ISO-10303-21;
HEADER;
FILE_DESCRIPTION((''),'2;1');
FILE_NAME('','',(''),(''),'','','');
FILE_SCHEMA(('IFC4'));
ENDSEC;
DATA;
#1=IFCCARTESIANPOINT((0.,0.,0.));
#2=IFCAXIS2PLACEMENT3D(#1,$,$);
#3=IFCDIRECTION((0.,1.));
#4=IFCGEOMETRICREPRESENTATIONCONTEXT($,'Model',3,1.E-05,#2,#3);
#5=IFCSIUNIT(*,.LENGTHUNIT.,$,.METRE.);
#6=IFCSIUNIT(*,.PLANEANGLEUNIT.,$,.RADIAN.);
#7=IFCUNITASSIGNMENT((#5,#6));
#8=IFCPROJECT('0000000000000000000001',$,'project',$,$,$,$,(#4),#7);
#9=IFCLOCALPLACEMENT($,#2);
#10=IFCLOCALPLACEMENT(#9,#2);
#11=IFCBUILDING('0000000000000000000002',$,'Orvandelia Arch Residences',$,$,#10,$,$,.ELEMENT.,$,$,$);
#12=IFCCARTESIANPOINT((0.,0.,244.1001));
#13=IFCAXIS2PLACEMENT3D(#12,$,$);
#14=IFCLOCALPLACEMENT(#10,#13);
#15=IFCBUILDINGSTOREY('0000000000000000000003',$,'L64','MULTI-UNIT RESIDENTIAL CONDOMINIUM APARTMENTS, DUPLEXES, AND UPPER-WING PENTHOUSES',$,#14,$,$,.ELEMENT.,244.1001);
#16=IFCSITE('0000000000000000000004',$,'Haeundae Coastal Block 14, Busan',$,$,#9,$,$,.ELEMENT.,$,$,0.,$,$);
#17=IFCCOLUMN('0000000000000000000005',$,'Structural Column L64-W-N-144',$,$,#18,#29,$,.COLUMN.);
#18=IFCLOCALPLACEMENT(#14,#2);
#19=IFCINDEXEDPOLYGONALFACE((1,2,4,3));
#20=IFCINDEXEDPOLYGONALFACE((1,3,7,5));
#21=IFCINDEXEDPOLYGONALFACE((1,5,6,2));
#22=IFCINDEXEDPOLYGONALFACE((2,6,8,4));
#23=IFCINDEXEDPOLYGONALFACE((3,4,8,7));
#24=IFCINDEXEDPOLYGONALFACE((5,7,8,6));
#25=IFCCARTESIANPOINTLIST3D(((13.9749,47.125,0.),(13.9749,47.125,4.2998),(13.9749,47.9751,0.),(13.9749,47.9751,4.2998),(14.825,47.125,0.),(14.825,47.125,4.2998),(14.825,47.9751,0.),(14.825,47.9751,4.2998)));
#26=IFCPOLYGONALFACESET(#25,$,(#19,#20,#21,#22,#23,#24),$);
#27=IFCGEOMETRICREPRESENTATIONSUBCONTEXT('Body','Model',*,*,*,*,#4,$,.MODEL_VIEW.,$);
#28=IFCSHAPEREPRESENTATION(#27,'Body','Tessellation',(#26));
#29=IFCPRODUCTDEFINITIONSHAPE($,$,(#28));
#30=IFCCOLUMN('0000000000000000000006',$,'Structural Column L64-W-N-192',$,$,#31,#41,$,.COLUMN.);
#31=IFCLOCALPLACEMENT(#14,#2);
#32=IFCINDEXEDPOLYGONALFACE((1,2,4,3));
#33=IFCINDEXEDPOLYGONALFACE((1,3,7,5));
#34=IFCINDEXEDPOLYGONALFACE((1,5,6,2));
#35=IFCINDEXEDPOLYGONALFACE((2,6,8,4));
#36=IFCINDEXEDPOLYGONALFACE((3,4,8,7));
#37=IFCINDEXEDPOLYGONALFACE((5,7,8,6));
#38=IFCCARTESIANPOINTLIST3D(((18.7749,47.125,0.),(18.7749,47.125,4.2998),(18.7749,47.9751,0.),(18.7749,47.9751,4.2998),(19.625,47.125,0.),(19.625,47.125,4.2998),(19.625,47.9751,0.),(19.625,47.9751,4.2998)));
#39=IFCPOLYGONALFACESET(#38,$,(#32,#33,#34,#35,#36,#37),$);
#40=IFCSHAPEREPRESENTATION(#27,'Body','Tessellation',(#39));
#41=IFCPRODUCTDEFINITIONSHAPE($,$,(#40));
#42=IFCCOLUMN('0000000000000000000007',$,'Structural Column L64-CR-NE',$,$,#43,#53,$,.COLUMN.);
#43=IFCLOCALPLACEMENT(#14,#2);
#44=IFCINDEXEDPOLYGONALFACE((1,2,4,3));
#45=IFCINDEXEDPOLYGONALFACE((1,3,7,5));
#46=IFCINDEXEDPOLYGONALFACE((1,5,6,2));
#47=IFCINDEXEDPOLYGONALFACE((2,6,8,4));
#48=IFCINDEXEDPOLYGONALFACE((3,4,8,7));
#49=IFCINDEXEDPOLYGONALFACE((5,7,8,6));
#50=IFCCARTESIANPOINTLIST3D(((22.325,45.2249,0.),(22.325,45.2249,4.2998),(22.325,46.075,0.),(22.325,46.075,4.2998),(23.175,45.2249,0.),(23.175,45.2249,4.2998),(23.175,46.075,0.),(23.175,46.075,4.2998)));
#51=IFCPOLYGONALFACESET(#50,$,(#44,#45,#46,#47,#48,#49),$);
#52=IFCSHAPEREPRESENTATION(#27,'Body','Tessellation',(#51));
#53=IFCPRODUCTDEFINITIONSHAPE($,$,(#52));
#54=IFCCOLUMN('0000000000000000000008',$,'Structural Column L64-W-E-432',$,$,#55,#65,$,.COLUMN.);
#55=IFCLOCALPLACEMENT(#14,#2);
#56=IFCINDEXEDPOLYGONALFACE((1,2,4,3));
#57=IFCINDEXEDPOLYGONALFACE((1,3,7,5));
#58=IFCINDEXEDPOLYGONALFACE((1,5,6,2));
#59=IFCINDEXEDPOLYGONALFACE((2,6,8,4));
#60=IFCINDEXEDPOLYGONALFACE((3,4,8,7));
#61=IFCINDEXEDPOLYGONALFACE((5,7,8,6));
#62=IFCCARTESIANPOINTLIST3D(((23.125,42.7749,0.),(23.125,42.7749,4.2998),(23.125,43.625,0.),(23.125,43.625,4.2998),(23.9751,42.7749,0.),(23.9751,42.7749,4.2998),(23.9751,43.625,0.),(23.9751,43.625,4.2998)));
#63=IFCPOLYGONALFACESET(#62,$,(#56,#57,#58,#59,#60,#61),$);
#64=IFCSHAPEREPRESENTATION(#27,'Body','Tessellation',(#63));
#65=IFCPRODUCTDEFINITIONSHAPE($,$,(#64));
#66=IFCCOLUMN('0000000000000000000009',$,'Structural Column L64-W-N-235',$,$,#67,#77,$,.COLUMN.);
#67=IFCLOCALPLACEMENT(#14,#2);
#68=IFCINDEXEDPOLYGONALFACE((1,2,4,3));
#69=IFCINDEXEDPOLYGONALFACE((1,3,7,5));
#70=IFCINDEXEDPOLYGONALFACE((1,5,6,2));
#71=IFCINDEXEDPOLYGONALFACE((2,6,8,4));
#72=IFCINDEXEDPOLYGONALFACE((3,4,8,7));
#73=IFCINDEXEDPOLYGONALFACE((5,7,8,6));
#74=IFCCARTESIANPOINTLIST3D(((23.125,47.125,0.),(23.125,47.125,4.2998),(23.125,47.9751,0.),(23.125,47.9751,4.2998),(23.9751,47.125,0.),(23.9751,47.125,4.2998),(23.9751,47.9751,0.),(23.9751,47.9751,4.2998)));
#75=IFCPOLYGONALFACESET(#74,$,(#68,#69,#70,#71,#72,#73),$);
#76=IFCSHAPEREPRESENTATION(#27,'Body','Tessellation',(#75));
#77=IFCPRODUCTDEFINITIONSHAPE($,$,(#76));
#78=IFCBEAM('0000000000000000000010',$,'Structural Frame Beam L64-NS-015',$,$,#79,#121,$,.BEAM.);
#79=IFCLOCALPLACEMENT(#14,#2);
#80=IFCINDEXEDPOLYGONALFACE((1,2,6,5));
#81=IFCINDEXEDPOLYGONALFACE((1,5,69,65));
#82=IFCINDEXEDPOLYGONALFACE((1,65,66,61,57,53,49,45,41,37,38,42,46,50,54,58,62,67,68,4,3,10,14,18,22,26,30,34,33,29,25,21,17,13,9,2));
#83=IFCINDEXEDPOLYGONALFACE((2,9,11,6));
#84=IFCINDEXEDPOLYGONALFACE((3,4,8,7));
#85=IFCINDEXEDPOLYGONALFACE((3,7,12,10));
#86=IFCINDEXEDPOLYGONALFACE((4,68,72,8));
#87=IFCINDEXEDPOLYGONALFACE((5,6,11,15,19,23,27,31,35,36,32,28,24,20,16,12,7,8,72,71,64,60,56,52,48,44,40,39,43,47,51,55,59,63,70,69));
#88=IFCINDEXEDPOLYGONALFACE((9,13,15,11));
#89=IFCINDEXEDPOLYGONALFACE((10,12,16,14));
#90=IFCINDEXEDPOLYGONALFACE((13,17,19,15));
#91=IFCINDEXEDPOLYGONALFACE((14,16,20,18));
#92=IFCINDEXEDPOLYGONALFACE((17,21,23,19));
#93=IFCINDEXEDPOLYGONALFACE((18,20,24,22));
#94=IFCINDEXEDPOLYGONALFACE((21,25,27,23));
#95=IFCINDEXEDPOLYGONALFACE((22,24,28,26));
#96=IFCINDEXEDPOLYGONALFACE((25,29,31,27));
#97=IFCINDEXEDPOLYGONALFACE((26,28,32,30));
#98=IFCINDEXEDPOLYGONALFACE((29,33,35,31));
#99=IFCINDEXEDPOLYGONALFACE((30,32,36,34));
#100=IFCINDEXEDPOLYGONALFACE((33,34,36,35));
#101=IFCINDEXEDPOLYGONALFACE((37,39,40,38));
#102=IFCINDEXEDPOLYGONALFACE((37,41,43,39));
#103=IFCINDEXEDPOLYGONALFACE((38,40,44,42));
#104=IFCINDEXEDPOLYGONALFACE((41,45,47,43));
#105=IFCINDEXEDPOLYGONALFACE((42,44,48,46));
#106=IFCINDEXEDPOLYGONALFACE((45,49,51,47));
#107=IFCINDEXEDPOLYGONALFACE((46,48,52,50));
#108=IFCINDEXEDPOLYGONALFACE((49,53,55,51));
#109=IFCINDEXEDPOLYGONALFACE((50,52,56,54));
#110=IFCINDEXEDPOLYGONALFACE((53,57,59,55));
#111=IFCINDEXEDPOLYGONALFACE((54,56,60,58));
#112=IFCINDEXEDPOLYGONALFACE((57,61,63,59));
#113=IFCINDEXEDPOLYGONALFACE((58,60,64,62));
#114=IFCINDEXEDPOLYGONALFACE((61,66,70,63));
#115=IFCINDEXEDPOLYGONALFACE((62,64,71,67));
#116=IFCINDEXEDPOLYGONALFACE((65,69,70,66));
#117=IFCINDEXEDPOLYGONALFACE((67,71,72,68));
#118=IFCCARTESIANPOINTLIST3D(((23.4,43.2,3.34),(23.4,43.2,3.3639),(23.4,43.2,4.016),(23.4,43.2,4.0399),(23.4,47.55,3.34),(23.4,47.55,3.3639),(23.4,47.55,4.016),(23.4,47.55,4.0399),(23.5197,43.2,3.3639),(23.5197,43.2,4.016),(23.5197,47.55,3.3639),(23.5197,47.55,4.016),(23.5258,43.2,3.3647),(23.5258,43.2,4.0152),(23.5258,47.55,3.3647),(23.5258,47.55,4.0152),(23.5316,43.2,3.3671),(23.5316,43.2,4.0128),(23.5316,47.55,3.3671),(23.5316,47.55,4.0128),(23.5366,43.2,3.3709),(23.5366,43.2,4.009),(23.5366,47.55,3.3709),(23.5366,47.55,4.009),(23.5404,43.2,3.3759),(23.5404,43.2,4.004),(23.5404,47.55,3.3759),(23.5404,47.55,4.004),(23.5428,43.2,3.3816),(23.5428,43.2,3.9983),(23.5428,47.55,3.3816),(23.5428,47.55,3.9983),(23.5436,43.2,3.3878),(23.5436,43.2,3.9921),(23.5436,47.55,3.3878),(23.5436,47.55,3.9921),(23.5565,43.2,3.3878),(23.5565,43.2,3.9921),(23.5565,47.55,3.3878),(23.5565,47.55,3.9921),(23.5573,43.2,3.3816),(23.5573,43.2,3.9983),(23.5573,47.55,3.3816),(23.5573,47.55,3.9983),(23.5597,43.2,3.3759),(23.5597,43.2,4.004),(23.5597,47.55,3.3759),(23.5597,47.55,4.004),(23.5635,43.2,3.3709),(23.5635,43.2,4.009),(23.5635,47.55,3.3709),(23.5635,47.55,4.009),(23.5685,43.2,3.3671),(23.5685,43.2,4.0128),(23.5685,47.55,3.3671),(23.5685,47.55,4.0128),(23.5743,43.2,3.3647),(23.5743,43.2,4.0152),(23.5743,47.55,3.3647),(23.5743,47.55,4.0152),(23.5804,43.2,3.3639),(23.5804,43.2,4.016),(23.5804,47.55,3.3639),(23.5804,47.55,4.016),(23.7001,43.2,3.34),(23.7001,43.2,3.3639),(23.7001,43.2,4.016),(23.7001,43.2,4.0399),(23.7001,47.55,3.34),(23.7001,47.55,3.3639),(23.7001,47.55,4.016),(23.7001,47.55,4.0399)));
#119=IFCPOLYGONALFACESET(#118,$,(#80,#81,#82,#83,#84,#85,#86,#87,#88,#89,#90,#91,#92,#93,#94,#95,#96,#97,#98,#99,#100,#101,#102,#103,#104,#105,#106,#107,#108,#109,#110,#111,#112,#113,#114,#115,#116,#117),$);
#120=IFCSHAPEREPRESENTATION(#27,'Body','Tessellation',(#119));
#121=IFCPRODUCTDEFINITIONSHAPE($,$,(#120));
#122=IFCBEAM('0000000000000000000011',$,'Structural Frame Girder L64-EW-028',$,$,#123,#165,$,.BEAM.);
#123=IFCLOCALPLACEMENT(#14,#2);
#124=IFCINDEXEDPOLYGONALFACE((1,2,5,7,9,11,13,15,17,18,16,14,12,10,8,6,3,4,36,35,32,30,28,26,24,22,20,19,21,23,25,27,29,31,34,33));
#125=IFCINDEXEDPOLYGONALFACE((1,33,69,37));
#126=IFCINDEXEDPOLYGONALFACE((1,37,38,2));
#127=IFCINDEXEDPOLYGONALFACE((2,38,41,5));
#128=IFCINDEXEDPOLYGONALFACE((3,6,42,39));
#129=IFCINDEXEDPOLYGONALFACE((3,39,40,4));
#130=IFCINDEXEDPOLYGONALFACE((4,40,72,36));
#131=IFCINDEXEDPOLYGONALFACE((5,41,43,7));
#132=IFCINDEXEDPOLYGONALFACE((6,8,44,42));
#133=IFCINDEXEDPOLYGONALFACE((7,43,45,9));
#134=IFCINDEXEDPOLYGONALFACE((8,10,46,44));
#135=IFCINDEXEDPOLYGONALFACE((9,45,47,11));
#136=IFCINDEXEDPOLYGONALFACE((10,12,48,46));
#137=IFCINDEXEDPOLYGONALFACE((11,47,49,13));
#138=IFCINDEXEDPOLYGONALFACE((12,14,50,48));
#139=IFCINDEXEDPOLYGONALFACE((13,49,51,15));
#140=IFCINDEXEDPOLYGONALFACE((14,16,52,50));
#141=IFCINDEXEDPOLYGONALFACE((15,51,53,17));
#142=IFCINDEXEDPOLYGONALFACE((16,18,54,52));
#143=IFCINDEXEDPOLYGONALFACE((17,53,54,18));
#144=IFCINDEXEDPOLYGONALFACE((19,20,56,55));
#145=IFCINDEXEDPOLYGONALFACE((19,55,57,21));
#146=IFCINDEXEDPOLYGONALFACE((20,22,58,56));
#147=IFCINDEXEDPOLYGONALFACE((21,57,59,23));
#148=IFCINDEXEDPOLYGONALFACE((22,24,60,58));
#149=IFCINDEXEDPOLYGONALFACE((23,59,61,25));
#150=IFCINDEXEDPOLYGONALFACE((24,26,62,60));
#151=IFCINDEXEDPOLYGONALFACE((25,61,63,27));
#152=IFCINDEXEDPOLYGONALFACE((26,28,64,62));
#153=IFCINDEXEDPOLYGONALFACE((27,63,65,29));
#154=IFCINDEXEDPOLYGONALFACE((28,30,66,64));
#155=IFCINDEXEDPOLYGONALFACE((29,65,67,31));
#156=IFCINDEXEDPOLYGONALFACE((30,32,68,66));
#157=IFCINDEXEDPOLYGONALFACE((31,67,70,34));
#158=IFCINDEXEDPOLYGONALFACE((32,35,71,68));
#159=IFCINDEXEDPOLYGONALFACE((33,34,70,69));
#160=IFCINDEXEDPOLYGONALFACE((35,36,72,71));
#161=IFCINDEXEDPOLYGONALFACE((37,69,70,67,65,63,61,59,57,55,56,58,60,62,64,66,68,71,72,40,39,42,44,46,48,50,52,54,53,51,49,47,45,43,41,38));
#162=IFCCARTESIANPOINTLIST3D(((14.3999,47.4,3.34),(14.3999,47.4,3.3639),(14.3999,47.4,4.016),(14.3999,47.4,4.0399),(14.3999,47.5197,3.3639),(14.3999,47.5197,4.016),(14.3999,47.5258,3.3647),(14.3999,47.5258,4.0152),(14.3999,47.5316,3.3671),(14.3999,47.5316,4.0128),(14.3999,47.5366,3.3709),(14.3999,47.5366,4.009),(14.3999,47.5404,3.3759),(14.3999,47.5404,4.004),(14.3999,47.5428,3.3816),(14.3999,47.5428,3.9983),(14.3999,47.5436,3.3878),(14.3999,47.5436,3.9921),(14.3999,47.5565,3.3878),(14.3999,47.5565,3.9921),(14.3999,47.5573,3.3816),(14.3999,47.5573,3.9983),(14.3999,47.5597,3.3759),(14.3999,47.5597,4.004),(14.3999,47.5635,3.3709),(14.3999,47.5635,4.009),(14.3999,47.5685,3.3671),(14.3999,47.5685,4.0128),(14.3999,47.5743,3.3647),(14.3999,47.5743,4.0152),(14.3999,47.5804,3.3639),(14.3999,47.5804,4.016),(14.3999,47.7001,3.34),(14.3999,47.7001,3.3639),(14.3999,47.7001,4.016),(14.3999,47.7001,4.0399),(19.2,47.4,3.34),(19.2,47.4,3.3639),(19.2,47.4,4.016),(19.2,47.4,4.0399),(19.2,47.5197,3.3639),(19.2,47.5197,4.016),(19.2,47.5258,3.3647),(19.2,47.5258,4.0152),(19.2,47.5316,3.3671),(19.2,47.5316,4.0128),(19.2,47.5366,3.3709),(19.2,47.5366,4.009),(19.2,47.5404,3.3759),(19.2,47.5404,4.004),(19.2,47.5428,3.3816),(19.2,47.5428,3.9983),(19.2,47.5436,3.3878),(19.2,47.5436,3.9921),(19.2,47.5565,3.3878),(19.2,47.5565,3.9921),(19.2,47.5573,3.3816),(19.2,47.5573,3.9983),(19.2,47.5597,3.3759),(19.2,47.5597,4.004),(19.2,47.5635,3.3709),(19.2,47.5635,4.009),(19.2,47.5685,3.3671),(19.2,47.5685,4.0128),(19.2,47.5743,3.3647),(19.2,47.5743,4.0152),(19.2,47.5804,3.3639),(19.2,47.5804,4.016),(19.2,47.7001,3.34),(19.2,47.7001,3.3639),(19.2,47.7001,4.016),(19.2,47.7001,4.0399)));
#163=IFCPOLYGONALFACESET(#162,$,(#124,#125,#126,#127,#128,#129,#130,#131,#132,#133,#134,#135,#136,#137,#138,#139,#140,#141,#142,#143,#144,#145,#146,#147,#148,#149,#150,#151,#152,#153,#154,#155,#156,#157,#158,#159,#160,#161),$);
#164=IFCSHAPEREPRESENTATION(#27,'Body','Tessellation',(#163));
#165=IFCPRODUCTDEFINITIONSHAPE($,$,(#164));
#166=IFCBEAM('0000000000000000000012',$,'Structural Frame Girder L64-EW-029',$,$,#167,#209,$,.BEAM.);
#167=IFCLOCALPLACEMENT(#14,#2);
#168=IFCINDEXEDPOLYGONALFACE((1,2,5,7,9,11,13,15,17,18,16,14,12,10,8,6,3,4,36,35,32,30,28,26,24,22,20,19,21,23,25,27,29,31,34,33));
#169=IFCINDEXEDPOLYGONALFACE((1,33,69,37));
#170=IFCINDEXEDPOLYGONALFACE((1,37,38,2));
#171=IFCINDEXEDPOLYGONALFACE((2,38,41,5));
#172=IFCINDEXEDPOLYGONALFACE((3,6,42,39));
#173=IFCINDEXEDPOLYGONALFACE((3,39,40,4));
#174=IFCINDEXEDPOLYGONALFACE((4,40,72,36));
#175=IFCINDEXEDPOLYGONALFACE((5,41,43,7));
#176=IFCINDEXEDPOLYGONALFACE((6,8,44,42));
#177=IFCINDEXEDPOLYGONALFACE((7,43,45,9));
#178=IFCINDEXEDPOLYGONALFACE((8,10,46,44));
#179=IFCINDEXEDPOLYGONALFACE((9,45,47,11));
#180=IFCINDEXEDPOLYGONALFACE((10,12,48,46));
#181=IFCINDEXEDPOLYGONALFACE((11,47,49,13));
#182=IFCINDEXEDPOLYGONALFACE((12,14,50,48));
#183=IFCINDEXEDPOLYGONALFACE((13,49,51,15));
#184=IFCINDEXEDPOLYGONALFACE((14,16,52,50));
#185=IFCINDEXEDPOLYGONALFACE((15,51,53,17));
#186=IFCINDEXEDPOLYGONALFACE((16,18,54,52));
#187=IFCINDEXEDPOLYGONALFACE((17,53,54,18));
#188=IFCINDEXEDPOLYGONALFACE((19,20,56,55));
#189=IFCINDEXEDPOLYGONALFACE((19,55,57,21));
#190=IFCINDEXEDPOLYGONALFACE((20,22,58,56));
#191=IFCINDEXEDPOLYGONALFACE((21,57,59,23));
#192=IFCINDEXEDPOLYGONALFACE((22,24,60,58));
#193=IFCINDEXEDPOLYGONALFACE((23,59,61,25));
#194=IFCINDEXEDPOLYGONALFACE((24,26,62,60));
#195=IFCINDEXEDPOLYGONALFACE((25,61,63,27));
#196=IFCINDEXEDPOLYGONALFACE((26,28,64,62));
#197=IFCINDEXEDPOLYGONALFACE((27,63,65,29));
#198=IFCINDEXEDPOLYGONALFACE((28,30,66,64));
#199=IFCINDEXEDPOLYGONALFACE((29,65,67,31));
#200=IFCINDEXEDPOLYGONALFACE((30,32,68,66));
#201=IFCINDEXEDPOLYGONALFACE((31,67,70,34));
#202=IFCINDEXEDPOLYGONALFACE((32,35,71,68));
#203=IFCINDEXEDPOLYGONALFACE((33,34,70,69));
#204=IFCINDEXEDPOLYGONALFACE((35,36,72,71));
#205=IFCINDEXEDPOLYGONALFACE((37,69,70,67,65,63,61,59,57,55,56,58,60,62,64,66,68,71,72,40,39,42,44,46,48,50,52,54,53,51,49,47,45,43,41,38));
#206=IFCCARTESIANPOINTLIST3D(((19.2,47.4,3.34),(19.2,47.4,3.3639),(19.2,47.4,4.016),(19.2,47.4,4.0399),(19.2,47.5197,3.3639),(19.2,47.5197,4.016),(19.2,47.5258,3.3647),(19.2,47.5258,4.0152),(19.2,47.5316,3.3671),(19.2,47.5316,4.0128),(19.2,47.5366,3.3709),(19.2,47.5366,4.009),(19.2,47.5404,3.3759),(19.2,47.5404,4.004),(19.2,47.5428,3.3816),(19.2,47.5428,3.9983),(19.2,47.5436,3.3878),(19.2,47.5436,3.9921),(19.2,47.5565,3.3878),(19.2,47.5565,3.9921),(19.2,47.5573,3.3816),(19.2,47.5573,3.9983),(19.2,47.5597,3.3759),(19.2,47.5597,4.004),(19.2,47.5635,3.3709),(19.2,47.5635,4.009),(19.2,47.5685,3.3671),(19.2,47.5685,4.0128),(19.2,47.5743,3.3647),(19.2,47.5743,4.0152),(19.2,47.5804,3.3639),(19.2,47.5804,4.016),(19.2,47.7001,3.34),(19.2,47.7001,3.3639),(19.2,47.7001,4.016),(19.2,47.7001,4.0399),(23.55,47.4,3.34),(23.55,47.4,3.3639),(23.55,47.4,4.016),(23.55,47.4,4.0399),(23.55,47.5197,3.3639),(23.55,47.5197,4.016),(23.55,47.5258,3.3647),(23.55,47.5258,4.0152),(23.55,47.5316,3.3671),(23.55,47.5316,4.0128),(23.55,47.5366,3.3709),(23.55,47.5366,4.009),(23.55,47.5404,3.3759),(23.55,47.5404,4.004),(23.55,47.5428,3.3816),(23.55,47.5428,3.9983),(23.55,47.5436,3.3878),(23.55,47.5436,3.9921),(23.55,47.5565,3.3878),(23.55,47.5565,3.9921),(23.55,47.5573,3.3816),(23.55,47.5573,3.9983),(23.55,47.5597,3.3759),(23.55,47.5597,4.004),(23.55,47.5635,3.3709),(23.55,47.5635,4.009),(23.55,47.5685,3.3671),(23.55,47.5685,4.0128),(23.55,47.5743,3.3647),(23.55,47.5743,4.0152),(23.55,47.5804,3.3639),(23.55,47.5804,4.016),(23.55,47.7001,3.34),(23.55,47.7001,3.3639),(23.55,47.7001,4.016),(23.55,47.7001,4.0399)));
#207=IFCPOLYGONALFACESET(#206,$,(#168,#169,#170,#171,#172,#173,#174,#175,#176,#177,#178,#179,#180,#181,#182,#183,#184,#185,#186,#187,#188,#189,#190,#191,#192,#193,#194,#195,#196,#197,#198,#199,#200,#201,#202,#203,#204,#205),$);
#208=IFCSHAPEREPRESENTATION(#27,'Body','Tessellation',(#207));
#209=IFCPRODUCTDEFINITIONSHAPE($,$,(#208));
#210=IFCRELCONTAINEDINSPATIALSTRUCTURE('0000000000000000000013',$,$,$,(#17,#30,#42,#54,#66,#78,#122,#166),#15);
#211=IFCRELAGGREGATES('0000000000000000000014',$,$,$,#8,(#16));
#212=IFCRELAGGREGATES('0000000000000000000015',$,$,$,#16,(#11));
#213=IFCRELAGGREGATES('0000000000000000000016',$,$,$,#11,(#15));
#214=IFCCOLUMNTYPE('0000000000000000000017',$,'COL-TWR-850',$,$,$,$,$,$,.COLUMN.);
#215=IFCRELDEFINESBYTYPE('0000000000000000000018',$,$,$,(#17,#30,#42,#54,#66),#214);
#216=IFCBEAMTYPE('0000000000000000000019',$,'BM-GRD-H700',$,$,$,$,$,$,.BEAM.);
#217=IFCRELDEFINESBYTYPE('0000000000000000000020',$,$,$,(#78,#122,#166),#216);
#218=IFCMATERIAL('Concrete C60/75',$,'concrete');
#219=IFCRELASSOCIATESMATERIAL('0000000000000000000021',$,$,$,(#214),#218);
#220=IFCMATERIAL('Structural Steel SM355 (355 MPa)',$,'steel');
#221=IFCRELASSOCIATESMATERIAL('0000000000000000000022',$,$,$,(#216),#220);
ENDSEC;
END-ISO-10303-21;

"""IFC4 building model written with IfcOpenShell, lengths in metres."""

from ifc_helpers import new_model, si_unit, direction, frame, origin, origin_2d, place, context, subcontext, project, spatial, rectangle, i_section, extrude, material, material_profile, profile_set, type_object, element, save


model = new_model("IFC4")

# Units and contexts
model_context = context("Model", 3, precision=1e-05, world=origin(), true_north=direction((0.0, 1.0)))
body_context = subcontext(model_context, "Body", "Model", "MODEL_VIEW")
ifc_project = project(units=[si_unit("LENGTHUNIT", "METRE"), si_unit("PLANEANGLEUNIT", "RADIAN")], contexts=[model_context])

# Site, building, storey
site_placement = place(None, origin())
site = spatial("IfcSite", under=ifc_project, at=site_placement, Name="Haeundae Coastal Block 14, Busan", CompositionType="ELEMENT", RefElevation=0.0)
building_placement = place(site_placement, origin())
building = spatial("IfcBuilding", under=site, at=building_placement, Name="Orvandelia Arch Residences", CompositionType="ELEMENT")
storey_placement = place(building_placement, frame((0.0, 0.0, 244.1001)))
storey = spatial("IfcBuildingStorey", under=building, at=storey_placement, Name="L64", Description="MULTI-UNIT RESIDENTIAL CONDOMINIUM APARTMENTS, DUPLEXES, AND UPPER-WING PENTHOUSES", CompositionType="ELEMENT", Elevation=244.1001)

# Columns
ifc_material_1 = material(Name="Concrete C60/75", Category="concrete")
ifc_material_profile_1 = material_profile(ifc_material_1, rectangle(XDim=0.8501, YDim=0.8501, at=origin_2d()), Name="Concrete C60/75", Category="concrete")
ifc_profile_set_1 = profile_set([ifc_material_profile_1], Name="Concrete C60/75")
column_type = type_object("IfcColumnType", Name="COL-TWR-850", PredefinedType="COLUMN", material=ifc_profile_set_1)
for number, where, z_axis, x_axis, name in (
    (1, (14.3999, 47.55, 0.0), (0.0, 0.0, 1.0), (1.0, 0.0, 0.0), "Structural Column L64-W-N-144"),
    (2, (19.2, 47.55, 0.0), (0.0, 0.0, 1.0), (1.0, 0.0, 0.0), "Structural Column L64-W-N-192"),
    (3, (22.75, 45.6499, 0.0), (0.0, 0.0, 1.0), (1.0, 0.0, 0.0), "Structural Column L64-CR-NE"),
    (4, (23.55, 43.2, 0.0), (0.0, 0.0, 1.0), (1.0, 0.0, 0.0), "Structural Column L64-W-E-432"),
    (5, (23.55, 47.55, 0.0), (0.0, 0.0, 1.0), (1.0, 0.0, 0.0), "Structural Column L64-W-N-235"),
):
    element("IfcColumn", number, at=place(storey_placement, frame(where, z_axis=z_axis, x_axis=x_axis)), inside=storey, type_object=column_type, Name=name, PredefinedType="COLUMN", context=body_context, shape_type="SweptSolid", body=[
        extrude(rectangle(XDim=0.8501, YDim=0.8501, at=origin_2d()), origin(), (0.0, 0.0, 1.0), 4.2998),
    ])

# Beams
ifc_material_2 = material(Name="Structural Steel SM355 (355 MPa)", Category="steel")
ifc_material_profile_2 = material_profile(ifc_material_2, i_section(OverallWidth=0.3, OverallDepth=0.7, WebThickness=0.0129, FlangeThickness=0.0239, FilletRadius=0.0239, at=origin_2d()), Name="Structural Steel SM355 (355 MPa)", Category="steel")
ifc_profile_set_2 = profile_set([ifc_material_profile_2], Name="Structural Steel SM355 (355 MPa)")
beam_type = type_object("IfcBeamType", Name="BM-GRD-H700", PredefinedType="BEAM", material=ifc_profile_set_2)
beam_1_placement = place(storey_placement, frame((23.55, 43.2, 3.6899), z_axis=(0.0, 1.0, 0.0), x_axis=(-1.0, 0.0, 0.0)))
element("IfcBeam", 6, at=beam_1_placement, inside=storey, type_object=beam_type, Name="Structural Frame Beam L64-NS-015", PredefinedType="BEAM", context=body_context, shape_type="SweptSolid", body=[
    extrude(i_section(OverallWidth=0.3, OverallDepth=0.7, WebThickness=0.0129, FlangeThickness=0.0239, FilletRadius=0.0239, at=origin_2d()), origin(), (0.0, 0.0, 1.0), 4.3501),
])
beam_2_placement = place(storey_placement, frame((14.3999, 47.55, 3.6899), z_axis=(1.0, 0.0, 0.0), x_axis=(0.0, 1.0, 0.0)))
element("IfcBeam", 7, at=beam_2_placement, inside=storey, type_object=beam_type, Name="Structural Frame Girder L64-EW-028", PredefinedType="BEAM", context=body_context, shape_type="SweptSolid", body=[
    extrude(i_section(OverallWidth=0.3, OverallDepth=0.7, WebThickness=0.0129, FlangeThickness=0.0239, FilletRadius=0.0239, at=origin_2d()), origin(), (0.0, 0.0, 1.0), 4.8),
])
beam_3_placement = place(storey_placement, frame((19.2, 47.55, 3.6899), z_axis=(1.0, 0.0, 0.0), x_axis=(0.0, 1.0, 0.0)))
element("IfcBeam", 8, at=beam_3_placement, inside=storey, type_object=beam_type, Name="Structural Frame Girder L64-EW-029", PredefinedType="BEAM", context=body_context, shape_type="SweptSolid", body=[
    extrude(i_section(OverallWidth=0.3, OverallDepth=0.7, WebThickness=0.0129, FlangeThickness=0.0239, FilletRadius=0.0239, at=origin_2d()), origin(), (0.0, 0.0, 1.0), 4.3501),
])

save(model, "model.ifc")
